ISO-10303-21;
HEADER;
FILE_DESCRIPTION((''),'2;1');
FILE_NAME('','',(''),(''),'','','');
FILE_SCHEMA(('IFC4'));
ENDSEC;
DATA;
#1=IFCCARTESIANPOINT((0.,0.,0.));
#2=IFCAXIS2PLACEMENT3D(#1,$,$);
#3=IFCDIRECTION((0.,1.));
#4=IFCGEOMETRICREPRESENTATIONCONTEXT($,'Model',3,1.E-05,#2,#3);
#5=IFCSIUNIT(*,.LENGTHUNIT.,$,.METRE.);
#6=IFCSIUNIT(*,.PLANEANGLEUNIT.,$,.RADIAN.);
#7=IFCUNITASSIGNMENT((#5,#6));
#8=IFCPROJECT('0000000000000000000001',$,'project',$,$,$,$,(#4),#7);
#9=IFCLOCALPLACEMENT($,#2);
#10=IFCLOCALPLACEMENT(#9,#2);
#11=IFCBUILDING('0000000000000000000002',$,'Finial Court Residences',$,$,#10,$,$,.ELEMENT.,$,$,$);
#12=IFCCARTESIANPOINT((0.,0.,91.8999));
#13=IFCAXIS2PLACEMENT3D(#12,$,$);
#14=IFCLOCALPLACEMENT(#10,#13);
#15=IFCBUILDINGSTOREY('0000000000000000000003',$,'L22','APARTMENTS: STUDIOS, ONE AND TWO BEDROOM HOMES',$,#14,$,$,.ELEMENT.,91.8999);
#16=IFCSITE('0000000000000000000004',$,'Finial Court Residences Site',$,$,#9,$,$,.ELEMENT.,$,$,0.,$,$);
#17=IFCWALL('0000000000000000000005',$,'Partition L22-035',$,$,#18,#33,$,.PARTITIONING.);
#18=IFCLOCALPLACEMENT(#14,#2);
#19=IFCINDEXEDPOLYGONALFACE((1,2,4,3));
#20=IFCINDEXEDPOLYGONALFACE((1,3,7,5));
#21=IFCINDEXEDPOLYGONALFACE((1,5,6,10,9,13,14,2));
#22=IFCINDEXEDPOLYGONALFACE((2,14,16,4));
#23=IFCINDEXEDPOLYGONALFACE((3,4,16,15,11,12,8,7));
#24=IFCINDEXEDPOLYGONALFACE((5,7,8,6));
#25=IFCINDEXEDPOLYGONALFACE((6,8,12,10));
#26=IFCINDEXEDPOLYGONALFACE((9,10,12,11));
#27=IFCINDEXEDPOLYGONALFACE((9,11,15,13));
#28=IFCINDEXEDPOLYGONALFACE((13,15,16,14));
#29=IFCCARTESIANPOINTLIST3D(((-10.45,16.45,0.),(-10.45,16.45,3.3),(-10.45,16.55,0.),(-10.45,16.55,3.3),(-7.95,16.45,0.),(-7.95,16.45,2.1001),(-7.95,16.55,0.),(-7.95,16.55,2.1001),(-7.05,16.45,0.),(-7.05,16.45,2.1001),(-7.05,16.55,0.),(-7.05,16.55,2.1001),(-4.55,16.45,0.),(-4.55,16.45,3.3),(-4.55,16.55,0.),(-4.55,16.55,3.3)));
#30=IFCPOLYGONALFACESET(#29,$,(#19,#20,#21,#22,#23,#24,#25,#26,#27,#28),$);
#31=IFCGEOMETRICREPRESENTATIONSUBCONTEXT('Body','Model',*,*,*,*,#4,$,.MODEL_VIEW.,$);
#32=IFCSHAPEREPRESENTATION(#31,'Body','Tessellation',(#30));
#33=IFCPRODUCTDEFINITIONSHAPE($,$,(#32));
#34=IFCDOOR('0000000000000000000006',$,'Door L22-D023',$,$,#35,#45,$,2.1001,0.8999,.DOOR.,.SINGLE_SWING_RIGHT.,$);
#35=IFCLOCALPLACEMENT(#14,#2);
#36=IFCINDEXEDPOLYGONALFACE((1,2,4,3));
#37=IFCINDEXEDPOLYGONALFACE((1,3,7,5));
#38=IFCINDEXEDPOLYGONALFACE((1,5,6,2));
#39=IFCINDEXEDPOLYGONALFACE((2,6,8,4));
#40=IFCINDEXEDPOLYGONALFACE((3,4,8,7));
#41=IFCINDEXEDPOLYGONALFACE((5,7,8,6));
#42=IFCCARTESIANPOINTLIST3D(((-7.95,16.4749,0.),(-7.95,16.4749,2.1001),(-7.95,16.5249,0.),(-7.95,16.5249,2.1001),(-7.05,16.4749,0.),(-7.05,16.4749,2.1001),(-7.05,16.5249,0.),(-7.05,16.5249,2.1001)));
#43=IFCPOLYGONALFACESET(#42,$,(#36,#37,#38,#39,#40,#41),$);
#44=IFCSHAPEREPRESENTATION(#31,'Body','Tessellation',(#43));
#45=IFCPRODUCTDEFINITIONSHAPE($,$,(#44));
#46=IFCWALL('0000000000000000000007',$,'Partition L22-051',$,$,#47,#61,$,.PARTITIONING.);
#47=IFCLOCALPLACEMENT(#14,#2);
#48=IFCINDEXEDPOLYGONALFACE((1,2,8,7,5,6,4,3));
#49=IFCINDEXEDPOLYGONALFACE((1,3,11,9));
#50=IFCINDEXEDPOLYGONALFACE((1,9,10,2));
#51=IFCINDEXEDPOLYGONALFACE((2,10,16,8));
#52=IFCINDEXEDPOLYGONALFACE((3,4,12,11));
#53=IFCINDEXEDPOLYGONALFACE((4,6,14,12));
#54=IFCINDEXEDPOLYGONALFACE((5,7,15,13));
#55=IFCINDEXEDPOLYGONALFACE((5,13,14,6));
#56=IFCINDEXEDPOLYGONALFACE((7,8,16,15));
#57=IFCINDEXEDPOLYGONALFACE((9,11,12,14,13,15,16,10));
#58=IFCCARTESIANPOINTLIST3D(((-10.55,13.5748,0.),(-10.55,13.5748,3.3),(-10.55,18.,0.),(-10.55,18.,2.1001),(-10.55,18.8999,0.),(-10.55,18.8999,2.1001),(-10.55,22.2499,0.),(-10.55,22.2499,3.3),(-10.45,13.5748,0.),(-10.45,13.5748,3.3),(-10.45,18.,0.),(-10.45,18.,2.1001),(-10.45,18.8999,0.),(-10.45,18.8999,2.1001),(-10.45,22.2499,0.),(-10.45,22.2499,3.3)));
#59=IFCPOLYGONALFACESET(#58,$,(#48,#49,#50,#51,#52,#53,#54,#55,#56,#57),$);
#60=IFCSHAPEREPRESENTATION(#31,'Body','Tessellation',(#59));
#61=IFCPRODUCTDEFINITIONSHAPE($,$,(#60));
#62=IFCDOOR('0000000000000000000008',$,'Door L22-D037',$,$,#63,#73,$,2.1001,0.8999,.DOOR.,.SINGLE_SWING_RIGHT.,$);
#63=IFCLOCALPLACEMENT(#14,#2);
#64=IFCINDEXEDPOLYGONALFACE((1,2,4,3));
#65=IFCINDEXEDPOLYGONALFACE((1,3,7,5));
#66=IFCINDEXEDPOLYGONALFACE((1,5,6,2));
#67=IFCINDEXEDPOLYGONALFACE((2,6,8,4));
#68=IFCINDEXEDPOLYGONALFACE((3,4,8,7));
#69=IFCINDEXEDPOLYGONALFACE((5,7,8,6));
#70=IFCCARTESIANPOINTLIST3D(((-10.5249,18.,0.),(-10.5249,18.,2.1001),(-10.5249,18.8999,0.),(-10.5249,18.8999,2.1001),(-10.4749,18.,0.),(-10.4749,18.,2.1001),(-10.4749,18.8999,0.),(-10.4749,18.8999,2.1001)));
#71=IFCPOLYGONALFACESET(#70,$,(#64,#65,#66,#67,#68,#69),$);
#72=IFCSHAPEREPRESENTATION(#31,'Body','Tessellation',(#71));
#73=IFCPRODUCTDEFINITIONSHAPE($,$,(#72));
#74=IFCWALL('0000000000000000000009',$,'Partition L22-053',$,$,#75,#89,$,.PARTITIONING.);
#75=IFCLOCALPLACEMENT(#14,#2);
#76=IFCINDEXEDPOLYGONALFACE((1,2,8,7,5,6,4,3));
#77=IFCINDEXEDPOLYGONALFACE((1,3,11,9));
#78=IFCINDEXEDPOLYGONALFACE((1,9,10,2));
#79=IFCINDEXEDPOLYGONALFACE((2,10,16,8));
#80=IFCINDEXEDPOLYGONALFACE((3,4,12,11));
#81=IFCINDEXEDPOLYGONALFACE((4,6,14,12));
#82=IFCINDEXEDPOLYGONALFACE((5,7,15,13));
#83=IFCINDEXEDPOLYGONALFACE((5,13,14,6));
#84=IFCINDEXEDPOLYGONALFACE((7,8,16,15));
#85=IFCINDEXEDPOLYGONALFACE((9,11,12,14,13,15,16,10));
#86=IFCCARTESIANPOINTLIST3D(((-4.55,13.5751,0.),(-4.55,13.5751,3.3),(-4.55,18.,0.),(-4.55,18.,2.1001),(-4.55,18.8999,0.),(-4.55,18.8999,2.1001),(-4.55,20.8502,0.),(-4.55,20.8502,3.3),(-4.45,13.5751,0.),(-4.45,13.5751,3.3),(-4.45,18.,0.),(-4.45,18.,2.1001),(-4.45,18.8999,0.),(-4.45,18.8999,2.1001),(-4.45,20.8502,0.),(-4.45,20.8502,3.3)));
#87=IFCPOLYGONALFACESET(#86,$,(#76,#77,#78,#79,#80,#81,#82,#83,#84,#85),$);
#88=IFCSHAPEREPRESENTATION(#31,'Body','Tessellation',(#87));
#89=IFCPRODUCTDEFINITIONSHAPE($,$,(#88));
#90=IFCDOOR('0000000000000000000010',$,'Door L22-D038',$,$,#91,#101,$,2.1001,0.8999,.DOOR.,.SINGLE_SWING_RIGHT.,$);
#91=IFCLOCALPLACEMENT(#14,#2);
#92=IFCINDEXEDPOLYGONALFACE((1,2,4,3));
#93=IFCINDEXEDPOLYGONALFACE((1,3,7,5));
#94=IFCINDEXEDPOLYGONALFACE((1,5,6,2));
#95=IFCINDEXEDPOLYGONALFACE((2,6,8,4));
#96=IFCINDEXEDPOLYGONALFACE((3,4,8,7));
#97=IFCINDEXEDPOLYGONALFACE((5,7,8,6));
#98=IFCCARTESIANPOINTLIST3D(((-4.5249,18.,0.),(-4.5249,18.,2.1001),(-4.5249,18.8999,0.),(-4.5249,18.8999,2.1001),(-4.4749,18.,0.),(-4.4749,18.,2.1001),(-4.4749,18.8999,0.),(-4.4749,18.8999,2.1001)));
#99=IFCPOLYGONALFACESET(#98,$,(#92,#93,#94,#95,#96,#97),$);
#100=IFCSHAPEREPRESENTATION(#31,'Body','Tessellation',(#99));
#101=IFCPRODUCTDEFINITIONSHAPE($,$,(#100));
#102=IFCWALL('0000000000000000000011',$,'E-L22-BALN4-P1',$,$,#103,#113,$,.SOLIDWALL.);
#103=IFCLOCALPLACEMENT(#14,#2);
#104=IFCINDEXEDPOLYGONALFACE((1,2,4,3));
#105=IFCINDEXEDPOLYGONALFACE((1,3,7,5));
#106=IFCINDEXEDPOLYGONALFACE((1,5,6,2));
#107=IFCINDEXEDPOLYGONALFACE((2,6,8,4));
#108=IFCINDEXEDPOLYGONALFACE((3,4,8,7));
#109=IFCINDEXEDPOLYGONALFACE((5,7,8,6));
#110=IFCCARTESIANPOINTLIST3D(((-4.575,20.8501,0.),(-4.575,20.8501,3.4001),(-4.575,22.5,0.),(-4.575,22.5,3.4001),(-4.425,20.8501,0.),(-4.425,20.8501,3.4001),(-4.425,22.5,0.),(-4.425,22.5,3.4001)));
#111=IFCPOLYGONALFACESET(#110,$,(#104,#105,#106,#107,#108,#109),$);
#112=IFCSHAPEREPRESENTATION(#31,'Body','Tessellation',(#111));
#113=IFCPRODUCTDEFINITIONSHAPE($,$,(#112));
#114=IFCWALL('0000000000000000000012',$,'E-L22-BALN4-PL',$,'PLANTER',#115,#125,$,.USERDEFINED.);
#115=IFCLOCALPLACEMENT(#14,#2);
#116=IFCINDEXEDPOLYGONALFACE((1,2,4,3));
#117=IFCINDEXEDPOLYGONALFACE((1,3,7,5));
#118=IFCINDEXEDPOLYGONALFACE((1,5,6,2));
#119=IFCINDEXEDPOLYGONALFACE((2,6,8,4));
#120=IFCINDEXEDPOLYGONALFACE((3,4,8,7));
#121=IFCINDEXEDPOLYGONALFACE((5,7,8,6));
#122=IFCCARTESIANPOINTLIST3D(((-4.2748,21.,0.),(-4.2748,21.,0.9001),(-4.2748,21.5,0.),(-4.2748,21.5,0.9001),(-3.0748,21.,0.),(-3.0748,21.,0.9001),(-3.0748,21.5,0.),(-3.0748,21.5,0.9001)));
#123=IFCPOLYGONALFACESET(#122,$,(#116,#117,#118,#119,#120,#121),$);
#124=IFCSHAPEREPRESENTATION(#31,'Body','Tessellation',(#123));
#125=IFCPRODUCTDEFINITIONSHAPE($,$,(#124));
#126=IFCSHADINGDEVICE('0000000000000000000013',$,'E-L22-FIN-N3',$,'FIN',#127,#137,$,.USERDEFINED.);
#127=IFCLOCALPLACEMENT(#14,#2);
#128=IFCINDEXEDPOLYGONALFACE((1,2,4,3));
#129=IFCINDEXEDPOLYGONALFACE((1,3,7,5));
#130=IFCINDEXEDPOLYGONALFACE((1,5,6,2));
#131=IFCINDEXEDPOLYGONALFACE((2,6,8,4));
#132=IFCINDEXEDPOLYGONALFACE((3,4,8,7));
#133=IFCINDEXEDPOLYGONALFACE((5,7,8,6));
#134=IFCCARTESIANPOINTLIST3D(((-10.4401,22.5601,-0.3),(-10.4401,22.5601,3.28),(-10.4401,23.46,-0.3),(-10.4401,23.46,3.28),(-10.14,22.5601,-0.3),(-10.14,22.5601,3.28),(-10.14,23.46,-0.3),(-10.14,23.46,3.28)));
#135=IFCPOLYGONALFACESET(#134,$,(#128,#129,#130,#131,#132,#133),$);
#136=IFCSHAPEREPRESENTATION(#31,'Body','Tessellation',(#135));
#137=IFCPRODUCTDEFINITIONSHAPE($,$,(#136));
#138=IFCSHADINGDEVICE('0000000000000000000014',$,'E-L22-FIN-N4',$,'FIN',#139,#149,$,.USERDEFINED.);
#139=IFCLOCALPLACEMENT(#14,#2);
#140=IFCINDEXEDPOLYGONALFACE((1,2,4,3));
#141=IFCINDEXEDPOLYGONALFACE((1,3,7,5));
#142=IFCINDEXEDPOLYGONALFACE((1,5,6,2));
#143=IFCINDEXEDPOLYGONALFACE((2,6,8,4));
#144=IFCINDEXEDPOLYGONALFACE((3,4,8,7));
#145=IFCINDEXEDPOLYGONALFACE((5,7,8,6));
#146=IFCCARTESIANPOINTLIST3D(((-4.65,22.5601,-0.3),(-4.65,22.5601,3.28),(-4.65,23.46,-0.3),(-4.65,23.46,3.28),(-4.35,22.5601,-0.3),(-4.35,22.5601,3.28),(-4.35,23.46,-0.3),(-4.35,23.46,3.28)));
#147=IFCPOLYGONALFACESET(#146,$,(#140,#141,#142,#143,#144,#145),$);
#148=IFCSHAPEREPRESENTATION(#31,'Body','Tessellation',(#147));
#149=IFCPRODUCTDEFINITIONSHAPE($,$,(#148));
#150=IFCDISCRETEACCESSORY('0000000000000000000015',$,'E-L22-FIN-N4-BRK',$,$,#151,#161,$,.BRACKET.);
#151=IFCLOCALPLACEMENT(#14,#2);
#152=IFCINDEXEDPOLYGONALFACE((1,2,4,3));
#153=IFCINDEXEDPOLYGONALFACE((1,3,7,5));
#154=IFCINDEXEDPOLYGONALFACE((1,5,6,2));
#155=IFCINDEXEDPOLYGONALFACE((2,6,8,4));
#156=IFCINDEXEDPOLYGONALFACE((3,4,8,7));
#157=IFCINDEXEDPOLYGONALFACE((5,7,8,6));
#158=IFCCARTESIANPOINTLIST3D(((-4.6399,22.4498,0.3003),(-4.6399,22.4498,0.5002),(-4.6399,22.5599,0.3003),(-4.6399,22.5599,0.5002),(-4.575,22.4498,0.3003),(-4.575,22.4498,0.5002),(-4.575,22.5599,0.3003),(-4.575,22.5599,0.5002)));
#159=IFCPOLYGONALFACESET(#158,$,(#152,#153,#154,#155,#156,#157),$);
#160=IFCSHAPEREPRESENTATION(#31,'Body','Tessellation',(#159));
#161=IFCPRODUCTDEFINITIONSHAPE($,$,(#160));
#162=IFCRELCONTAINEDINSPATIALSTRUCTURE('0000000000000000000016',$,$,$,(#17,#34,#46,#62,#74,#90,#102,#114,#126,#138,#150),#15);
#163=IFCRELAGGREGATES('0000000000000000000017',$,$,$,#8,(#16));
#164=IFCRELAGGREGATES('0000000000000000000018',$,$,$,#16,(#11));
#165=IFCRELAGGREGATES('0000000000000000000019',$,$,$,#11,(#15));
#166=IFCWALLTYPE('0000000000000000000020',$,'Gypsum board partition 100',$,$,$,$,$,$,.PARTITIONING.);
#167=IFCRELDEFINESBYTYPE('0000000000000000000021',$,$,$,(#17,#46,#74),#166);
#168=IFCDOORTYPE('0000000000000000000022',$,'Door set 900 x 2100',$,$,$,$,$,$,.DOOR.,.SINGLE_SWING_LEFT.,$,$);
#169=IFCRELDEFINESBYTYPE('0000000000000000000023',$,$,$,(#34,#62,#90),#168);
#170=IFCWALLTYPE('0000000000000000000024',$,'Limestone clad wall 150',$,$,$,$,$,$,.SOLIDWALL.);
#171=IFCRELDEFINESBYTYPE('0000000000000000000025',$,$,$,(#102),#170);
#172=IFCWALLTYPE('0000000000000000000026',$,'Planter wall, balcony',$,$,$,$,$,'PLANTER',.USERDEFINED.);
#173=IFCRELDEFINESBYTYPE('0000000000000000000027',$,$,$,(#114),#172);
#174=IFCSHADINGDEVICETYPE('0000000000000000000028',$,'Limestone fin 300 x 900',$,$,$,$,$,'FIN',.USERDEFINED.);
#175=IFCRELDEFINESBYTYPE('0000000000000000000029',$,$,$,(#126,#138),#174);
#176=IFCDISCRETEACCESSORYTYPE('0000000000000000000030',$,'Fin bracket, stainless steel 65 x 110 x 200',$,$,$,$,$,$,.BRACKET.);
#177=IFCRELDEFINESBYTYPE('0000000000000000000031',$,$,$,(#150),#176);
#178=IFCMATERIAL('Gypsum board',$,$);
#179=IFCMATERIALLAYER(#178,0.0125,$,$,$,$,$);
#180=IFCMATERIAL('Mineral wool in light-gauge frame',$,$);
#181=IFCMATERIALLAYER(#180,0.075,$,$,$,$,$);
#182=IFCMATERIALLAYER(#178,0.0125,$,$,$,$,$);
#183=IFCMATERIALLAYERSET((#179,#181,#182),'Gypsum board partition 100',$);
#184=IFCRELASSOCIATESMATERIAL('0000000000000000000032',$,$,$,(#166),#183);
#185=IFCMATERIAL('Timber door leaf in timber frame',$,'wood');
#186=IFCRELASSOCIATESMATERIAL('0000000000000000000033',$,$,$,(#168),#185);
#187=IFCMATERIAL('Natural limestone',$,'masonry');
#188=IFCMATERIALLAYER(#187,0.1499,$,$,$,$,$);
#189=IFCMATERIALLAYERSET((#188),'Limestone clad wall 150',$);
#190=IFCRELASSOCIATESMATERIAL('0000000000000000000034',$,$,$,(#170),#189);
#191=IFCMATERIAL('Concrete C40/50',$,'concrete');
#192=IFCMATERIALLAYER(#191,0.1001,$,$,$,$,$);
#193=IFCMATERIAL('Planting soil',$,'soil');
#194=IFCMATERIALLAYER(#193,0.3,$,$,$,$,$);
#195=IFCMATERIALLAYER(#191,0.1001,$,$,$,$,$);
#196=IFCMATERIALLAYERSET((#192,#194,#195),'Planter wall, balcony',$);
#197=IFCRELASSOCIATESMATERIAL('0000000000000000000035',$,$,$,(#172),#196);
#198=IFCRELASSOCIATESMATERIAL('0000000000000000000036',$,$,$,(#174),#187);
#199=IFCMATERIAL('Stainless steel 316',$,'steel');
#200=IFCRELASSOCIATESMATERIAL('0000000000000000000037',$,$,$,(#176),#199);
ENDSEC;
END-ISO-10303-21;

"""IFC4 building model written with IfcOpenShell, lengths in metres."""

from ifc_helpers import new_model, si_unit, direction, frame, frame_2d, origin, origin_2d, place, context, subcontext, project, spatial, rectangle, extrude, material, layer, layer_set, type_object, element, fill, save


model = new_model("IFC4")

# Units and contexts
model_context = context("Model", 3, precision=1e-05, world=origin(), true_north=direction((0.0, 1.0)))
body_context = subcontext(model_context, "Body", "Model", "MODEL_VIEW")
ifc_project = project(units=[si_unit("LENGTHUNIT", "METRE"), si_unit("PLANEANGLEUNIT", "RADIAN")], contexts=[model_context])

# Site, building, storey
site_placement = place(None, origin())
site = spatial("IfcSite", under=ifc_project, at=site_placement, Name="Finial Court Residences Site", CompositionType="ELEMENT", RefElevation=0.0)
building_placement = place(site_placement, origin())
building = spatial("IfcBuilding", under=site, at=building_placement, Name="Finial Court Residences", CompositionType="ELEMENT")
storey_placement = place(building_placement, frame((0.0, 0.0, 91.8999)))
storey = spatial("IfcBuildingStorey", under=building, at=storey_placement, Name="L22", Description="APARTMENTS: STUDIOS, ONE AND TWO BEDROOM HOMES", CompositionType="ELEMENT", Elevation=91.8999)

# Walls, openings, doors
ifc_material_1 = material(Name="Gypsum board")
ifc_layer_1 = layer(ifc_material_1, 0.0125)
ifc_material_2 = material(Name="Mineral wool in light-gauge frame")
ifc_layer_2 = layer(ifc_material_2, 0.075)
ifc_layer_3 = layer(ifc_material_1, 0.0125)
ifc_layer_set_1 = layer_set([ifc_layer_1, ifc_layer_2, ifc_layer_3], Name="Gypsum board partition 100")
wall_type_1 = type_object("IfcWallType", Name="Gypsum board partition 100", PredefinedType="PARTITIONING", material=ifc_layer_set_1)
wall_1_placement = place(storey_placement, frame((-10.45, 16.5, 0.0), z_axis=(0.0, 0.0, 1.0), x_axis=(1.0, 0.0, 0.0)))
wall_1 = element("IfcWall", 1, at=wall_1_placement, inside=storey, type_object=wall_type_1, Name="Partition L22-035", PredefinedType="PARTITIONING", context=body_context, shape_type="SweptSolid", body=[
    extrude(rectangle(XDim=5.8999, YDim=0.1001, at=frame_2d((2.95, 0.0))), origin(), (0.0, 0.0, 1.0), 3.3),
])
opening_1_placement = place(wall_1_placement, frame((2.5, 0.0, 0.0)))
opening_1 = element("IfcOpeningElement", 2, at=opening_1_placement, cuts=wall_1, PredefinedType="OPENING", context=body_context, shape_type="SweptSolid", body=[
    extrude(rectangle(XDim=0.8999, YDim=2.1001, at=frame_2d((0.45, 1.05))), frame((0.0, 0.0601, 0.0), z_axis=(0.0, -1.0, 0.0), x_axis=(1.0, 0.0, 0.0)), (0.0, 0.0, 1.0), 0.1201),
])
ifc_material_3 = material(Name="Timber door leaf in timber frame", Category="wood")
door_type_1 = type_object("IfcDoorType", Name="Door set 900 x 2100", OperationType="SINGLE_SWING_LEFT", PredefinedType="DOOR", material=ifc_material_3)
door_1_placement = place(opening_1_placement, origin())
door_1 = element("IfcDoor", 3, at=door_1_placement, inside=storey, type_object=door_type_1, Name="Door L22-D023", OperationType="SINGLE_SWING_RIGHT", OverallHeight=2.1001, OverallWidth=0.8999, PredefinedType="DOOR", context=body_context, shape_type="SweptSolid", body=[
    extrude(rectangle(XDim=0.8999, YDim=2.1001, at=frame_2d((0.45, 1.05))), frame((0.0, 0.0249, 0.0), z_axis=(0.0, -1.0, 0.0), x_axis=(1.0, 0.0, 0.0)), (0.0, 0.0, 1.0), 0.05),
])
fill(opening_1, door_1)
wall_2_placement = place(storey_placement, frame((-10.5, 13.575, 0.0), z_axis=(0.0, 0.0, 1.0), x_axis=(0.0, 1.0, 0.0)))
wall_2 = element("IfcWall", 4, at=wall_2_placement, inside=storey, type_object=wall_type_1, Name="Partition L22-051", PredefinedType="PARTITIONING", context=body_context, shape_type="SweptSolid", body=[
    extrude(rectangle(XDim=8.675, YDim=0.1001, at=frame_2d((4.3374, 0.0))), origin(), (0.0, 0.0, 1.0), 3.3),
])
opening_2_placement = place(wall_2_placement, frame((4.425, 0.0, 0.0)))
opening_2 = element("IfcOpeningElement", 5, at=opening_2_placement, cuts=wall_2, PredefinedType="OPENING", context=body_context, shape_type="SweptSolid", body=[
    extrude(rectangle(XDim=0.8999, YDim=2.1001, at=frame_2d((0.45, 1.05))), frame((0.0, 0.0601, 0.0), z_axis=(0.0, -1.0, 0.0), x_axis=(1.0, 0.0, 0.0)), (0.0, 0.0, 1.0), 0.1201),
])
door_2_placement = place(opening_2_placement, origin())
door_2 = element("IfcDoor", 6, at=door_2_placement, inside=storey, type_object=door_type_1, Name="Door L22-D037", OperationType="SINGLE_SWING_RIGHT", OverallHeight=2.1001, OverallWidth=0.8999, PredefinedType="DOOR", context=body_context, shape_type="SweptSolid", body=[
    extrude(rectangle(XDim=0.8999, YDim=2.1001, at=frame_2d((0.45, 1.05))), frame((0.0, 0.0249, 0.0), z_axis=(0.0, -1.0, 0.0), x_axis=(1.0, 0.0, 0.0)), (0.0, 0.0, 1.0), 0.05),
])
fill(opening_2, door_2)
wall_3_placement = place(storey_placement, frame((-4.5, 13.575, 0.0), z_axis=(0.0, 0.0, 1.0), x_axis=(0.0, 1.0, 0.0)))
wall_3 = element("IfcWall", 7, at=wall_3_placement, inside=storey, type_object=wall_type_1, Name="Partition L22-053", PredefinedType="PARTITIONING", context=body_context, shape_type="SweptSolid", body=[
    extrude(rectangle(XDim=7.2751, YDim=0.1001, at=frame_2d((3.6377, 0.0))), origin(), (0.0, 0.0, 1.0), 3.3),
])
opening_3_placement = place(wall_3_placement, frame((4.425, 0.0, 0.0)))
opening_3 = element("IfcOpeningElement", 8, at=opening_3_placement, cuts=wall_3, PredefinedType="OPENING", context=body_context, shape_type="SweptSolid", body=[
    extrude(rectangle(XDim=0.8999, YDim=2.1001, at=frame_2d((0.45, 1.05))), frame((0.0, 0.0601, 0.0), z_axis=(0.0, -1.0, 0.0), x_axis=(1.0, 0.0, 0.0)), (0.0, 0.0, 1.0), 0.1201),
])
door_3_placement = place(opening_3_placement, origin())
door_3 = element("IfcDoor", 9, at=door_3_placement, inside=storey, type_object=door_type_1, Name="Door L22-D038", OperationType="SINGLE_SWING_RIGHT", OverallHeight=2.1001, OverallWidth=0.8999, PredefinedType="DOOR", context=body_context, shape_type="SweptSolid", body=[
    extrude(rectangle(XDim=0.8999, YDim=2.1001, at=frame_2d((0.45, 1.05))), frame((0.0, 0.0249, 0.0), z_axis=(0.0, -1.0, 0.0), x_axis=(1.0, 0.0, 0.0)), (0.0, 0.0, 1.0), 0.05),
])
fill(opening_3, door_3)

# Wall
ifc_material_4 = material(Name="Natural limestone", Category="masonry")
ifc_layer_4 = layer(ifc_material_4, 0.1499)
ifc_layer_set_2 = layer_set([ifc_layer_4], Name="Limestone clad wall 150")
wall_type_2 = type_object("IfcWallType", Name="Limestone clad wall 150", PredefinedType="SOLIDWALL", material=ifc_layer_set_2)
wall_4_placement = place(storey_placement, frame((-4.5, 20.8501, 0.0), z_axis=(0.0, 0.0, 1.0), x_axis=(0.0, 1.0, 0.0)))
element("IfcWall", 10, at=wall_4_placement, inside=storey, type_object=wall_type_2, Name="E-L22-BALN4-P1", PredefinedType="SOLIDWALL", context=body_context, shape_type="SweptSolid", body=[
    extrude(rectangle(XDim=1.6499, YDim=0.1499, at=frame_2d((0.825, 0.0))), origin(), (0.0, 0.0, 1.0), 3.4001),
])

# Wall
ifc_material_5 = material(Name="Concrete C40/50", Category="concrete")
ifc_layer_5 = layer(ifc_material_5, 0.1001)
ifc_material_6 = material(Name="Planting soil", Category="soil")
ifc_layer_6 = layer(ifc_material_6, 0.3)
ifc_layer_7 = layer(ifc_material_5, 0.1001)
ifc_layer_set_3 = layer_set([ifc_layer_5, ifc_layer_6, ifc_layer_7], Name="Planter wall, balcony")
wall_type_3 = type_object("IfcWallType", Name="Planter wall, balcony", ElementType="PLANTER", PredefinedType="USERDEFINED", material=ifc_layer_set_3)
wall_5_placement = place(storey_placement, frame((-4.2749, 21.25, 0.0), z_axis=(0.0, 0.0, 1.0), x_axis=(1.0, 0.0, 0.0)))
element("IfcWall", 11, at=wall_5_placement, inside=storey, type_object=wall_type_3, Name="E-L22-BALN4-PL", ObjectType="PLANTER", PredefinedType="USERDEFINED", context=body_context, shape_type="SweptSolid", body=[
    extrude(rectangle(XDim=1.2, YDim=0.5, at=frame_2d((0.6001, 0.0))), origin(), (0.0, 0.0, 1.0), 0.9001),
])

# Shading devices
shading_device_type = type_object("IfcShadingDeviceType", Name="Limestone fin 300 x 900", ElementType="FIN", PredefinedType="USERDEFINED", material=ifc_material_4)
for number, where, z_axis, x_axis, name in (
    (12, (-10.29, 23.01, -0.3), (0.0, 0.0, 1.0), (1.0, 0.0, 0.0), "E-L22-FIN-N3"),
    (13, (-4.5, 23.01, -0.3), (0.0, 0.0, 1.0), (1.0, 0.0, 0.0), "E-L22-FIN-N4"),
):
    element("IfcShadingDevice", number, at=place(storey_placement, frame(where, z_axis=z_axis, x_axis=x_axis)), inside=storey, type_object=shading_device_type, Name=name, ObjectType="FIN", PredefinedType="USERDEFINED", context=body_context, shape_type="SweptSolid", body=[
        extrude(rectangle(XDim=0.3, YDim=0.8999, at=origin_2d()), origin(), (0.0, 0.0, 1.0), 3.5801),
    ])

# Discrete accessory
ifc_material_7 = material(Name="Stainless steel 316", Category="steel")
discrete_accessory_type = type_object("IfcDiscreteAccessoryType", Name="Fin bracket, stainless steel 65 x 110 x 200", PredefinedType="BRACKET", material=ifc_material_7)
discrete_accessory_placement = place(storey_placement, frame((-4.6074, 22.5049, 0.3003), z_axis=(0.0, 0.0, 1.0), x_axis=(1.0, 0.0, 0.0)))
element("IfcDiscreteAccessory", 14, at=discrete_accessory_placement, inside=storey, type_object=discrete_accessory_type, Name="E-L22-FIN-N4-BRK", PredefinedType="BRACKET", context=body_context, shape_type="SweptSolid", body=[
    extrude(rectangle(XDim=0.0649, YDim=0.1101, at=origin_2d()), origin(), (0.0, 0.0, 1.0), 0.2),
])

save(model, "model.ifc")
